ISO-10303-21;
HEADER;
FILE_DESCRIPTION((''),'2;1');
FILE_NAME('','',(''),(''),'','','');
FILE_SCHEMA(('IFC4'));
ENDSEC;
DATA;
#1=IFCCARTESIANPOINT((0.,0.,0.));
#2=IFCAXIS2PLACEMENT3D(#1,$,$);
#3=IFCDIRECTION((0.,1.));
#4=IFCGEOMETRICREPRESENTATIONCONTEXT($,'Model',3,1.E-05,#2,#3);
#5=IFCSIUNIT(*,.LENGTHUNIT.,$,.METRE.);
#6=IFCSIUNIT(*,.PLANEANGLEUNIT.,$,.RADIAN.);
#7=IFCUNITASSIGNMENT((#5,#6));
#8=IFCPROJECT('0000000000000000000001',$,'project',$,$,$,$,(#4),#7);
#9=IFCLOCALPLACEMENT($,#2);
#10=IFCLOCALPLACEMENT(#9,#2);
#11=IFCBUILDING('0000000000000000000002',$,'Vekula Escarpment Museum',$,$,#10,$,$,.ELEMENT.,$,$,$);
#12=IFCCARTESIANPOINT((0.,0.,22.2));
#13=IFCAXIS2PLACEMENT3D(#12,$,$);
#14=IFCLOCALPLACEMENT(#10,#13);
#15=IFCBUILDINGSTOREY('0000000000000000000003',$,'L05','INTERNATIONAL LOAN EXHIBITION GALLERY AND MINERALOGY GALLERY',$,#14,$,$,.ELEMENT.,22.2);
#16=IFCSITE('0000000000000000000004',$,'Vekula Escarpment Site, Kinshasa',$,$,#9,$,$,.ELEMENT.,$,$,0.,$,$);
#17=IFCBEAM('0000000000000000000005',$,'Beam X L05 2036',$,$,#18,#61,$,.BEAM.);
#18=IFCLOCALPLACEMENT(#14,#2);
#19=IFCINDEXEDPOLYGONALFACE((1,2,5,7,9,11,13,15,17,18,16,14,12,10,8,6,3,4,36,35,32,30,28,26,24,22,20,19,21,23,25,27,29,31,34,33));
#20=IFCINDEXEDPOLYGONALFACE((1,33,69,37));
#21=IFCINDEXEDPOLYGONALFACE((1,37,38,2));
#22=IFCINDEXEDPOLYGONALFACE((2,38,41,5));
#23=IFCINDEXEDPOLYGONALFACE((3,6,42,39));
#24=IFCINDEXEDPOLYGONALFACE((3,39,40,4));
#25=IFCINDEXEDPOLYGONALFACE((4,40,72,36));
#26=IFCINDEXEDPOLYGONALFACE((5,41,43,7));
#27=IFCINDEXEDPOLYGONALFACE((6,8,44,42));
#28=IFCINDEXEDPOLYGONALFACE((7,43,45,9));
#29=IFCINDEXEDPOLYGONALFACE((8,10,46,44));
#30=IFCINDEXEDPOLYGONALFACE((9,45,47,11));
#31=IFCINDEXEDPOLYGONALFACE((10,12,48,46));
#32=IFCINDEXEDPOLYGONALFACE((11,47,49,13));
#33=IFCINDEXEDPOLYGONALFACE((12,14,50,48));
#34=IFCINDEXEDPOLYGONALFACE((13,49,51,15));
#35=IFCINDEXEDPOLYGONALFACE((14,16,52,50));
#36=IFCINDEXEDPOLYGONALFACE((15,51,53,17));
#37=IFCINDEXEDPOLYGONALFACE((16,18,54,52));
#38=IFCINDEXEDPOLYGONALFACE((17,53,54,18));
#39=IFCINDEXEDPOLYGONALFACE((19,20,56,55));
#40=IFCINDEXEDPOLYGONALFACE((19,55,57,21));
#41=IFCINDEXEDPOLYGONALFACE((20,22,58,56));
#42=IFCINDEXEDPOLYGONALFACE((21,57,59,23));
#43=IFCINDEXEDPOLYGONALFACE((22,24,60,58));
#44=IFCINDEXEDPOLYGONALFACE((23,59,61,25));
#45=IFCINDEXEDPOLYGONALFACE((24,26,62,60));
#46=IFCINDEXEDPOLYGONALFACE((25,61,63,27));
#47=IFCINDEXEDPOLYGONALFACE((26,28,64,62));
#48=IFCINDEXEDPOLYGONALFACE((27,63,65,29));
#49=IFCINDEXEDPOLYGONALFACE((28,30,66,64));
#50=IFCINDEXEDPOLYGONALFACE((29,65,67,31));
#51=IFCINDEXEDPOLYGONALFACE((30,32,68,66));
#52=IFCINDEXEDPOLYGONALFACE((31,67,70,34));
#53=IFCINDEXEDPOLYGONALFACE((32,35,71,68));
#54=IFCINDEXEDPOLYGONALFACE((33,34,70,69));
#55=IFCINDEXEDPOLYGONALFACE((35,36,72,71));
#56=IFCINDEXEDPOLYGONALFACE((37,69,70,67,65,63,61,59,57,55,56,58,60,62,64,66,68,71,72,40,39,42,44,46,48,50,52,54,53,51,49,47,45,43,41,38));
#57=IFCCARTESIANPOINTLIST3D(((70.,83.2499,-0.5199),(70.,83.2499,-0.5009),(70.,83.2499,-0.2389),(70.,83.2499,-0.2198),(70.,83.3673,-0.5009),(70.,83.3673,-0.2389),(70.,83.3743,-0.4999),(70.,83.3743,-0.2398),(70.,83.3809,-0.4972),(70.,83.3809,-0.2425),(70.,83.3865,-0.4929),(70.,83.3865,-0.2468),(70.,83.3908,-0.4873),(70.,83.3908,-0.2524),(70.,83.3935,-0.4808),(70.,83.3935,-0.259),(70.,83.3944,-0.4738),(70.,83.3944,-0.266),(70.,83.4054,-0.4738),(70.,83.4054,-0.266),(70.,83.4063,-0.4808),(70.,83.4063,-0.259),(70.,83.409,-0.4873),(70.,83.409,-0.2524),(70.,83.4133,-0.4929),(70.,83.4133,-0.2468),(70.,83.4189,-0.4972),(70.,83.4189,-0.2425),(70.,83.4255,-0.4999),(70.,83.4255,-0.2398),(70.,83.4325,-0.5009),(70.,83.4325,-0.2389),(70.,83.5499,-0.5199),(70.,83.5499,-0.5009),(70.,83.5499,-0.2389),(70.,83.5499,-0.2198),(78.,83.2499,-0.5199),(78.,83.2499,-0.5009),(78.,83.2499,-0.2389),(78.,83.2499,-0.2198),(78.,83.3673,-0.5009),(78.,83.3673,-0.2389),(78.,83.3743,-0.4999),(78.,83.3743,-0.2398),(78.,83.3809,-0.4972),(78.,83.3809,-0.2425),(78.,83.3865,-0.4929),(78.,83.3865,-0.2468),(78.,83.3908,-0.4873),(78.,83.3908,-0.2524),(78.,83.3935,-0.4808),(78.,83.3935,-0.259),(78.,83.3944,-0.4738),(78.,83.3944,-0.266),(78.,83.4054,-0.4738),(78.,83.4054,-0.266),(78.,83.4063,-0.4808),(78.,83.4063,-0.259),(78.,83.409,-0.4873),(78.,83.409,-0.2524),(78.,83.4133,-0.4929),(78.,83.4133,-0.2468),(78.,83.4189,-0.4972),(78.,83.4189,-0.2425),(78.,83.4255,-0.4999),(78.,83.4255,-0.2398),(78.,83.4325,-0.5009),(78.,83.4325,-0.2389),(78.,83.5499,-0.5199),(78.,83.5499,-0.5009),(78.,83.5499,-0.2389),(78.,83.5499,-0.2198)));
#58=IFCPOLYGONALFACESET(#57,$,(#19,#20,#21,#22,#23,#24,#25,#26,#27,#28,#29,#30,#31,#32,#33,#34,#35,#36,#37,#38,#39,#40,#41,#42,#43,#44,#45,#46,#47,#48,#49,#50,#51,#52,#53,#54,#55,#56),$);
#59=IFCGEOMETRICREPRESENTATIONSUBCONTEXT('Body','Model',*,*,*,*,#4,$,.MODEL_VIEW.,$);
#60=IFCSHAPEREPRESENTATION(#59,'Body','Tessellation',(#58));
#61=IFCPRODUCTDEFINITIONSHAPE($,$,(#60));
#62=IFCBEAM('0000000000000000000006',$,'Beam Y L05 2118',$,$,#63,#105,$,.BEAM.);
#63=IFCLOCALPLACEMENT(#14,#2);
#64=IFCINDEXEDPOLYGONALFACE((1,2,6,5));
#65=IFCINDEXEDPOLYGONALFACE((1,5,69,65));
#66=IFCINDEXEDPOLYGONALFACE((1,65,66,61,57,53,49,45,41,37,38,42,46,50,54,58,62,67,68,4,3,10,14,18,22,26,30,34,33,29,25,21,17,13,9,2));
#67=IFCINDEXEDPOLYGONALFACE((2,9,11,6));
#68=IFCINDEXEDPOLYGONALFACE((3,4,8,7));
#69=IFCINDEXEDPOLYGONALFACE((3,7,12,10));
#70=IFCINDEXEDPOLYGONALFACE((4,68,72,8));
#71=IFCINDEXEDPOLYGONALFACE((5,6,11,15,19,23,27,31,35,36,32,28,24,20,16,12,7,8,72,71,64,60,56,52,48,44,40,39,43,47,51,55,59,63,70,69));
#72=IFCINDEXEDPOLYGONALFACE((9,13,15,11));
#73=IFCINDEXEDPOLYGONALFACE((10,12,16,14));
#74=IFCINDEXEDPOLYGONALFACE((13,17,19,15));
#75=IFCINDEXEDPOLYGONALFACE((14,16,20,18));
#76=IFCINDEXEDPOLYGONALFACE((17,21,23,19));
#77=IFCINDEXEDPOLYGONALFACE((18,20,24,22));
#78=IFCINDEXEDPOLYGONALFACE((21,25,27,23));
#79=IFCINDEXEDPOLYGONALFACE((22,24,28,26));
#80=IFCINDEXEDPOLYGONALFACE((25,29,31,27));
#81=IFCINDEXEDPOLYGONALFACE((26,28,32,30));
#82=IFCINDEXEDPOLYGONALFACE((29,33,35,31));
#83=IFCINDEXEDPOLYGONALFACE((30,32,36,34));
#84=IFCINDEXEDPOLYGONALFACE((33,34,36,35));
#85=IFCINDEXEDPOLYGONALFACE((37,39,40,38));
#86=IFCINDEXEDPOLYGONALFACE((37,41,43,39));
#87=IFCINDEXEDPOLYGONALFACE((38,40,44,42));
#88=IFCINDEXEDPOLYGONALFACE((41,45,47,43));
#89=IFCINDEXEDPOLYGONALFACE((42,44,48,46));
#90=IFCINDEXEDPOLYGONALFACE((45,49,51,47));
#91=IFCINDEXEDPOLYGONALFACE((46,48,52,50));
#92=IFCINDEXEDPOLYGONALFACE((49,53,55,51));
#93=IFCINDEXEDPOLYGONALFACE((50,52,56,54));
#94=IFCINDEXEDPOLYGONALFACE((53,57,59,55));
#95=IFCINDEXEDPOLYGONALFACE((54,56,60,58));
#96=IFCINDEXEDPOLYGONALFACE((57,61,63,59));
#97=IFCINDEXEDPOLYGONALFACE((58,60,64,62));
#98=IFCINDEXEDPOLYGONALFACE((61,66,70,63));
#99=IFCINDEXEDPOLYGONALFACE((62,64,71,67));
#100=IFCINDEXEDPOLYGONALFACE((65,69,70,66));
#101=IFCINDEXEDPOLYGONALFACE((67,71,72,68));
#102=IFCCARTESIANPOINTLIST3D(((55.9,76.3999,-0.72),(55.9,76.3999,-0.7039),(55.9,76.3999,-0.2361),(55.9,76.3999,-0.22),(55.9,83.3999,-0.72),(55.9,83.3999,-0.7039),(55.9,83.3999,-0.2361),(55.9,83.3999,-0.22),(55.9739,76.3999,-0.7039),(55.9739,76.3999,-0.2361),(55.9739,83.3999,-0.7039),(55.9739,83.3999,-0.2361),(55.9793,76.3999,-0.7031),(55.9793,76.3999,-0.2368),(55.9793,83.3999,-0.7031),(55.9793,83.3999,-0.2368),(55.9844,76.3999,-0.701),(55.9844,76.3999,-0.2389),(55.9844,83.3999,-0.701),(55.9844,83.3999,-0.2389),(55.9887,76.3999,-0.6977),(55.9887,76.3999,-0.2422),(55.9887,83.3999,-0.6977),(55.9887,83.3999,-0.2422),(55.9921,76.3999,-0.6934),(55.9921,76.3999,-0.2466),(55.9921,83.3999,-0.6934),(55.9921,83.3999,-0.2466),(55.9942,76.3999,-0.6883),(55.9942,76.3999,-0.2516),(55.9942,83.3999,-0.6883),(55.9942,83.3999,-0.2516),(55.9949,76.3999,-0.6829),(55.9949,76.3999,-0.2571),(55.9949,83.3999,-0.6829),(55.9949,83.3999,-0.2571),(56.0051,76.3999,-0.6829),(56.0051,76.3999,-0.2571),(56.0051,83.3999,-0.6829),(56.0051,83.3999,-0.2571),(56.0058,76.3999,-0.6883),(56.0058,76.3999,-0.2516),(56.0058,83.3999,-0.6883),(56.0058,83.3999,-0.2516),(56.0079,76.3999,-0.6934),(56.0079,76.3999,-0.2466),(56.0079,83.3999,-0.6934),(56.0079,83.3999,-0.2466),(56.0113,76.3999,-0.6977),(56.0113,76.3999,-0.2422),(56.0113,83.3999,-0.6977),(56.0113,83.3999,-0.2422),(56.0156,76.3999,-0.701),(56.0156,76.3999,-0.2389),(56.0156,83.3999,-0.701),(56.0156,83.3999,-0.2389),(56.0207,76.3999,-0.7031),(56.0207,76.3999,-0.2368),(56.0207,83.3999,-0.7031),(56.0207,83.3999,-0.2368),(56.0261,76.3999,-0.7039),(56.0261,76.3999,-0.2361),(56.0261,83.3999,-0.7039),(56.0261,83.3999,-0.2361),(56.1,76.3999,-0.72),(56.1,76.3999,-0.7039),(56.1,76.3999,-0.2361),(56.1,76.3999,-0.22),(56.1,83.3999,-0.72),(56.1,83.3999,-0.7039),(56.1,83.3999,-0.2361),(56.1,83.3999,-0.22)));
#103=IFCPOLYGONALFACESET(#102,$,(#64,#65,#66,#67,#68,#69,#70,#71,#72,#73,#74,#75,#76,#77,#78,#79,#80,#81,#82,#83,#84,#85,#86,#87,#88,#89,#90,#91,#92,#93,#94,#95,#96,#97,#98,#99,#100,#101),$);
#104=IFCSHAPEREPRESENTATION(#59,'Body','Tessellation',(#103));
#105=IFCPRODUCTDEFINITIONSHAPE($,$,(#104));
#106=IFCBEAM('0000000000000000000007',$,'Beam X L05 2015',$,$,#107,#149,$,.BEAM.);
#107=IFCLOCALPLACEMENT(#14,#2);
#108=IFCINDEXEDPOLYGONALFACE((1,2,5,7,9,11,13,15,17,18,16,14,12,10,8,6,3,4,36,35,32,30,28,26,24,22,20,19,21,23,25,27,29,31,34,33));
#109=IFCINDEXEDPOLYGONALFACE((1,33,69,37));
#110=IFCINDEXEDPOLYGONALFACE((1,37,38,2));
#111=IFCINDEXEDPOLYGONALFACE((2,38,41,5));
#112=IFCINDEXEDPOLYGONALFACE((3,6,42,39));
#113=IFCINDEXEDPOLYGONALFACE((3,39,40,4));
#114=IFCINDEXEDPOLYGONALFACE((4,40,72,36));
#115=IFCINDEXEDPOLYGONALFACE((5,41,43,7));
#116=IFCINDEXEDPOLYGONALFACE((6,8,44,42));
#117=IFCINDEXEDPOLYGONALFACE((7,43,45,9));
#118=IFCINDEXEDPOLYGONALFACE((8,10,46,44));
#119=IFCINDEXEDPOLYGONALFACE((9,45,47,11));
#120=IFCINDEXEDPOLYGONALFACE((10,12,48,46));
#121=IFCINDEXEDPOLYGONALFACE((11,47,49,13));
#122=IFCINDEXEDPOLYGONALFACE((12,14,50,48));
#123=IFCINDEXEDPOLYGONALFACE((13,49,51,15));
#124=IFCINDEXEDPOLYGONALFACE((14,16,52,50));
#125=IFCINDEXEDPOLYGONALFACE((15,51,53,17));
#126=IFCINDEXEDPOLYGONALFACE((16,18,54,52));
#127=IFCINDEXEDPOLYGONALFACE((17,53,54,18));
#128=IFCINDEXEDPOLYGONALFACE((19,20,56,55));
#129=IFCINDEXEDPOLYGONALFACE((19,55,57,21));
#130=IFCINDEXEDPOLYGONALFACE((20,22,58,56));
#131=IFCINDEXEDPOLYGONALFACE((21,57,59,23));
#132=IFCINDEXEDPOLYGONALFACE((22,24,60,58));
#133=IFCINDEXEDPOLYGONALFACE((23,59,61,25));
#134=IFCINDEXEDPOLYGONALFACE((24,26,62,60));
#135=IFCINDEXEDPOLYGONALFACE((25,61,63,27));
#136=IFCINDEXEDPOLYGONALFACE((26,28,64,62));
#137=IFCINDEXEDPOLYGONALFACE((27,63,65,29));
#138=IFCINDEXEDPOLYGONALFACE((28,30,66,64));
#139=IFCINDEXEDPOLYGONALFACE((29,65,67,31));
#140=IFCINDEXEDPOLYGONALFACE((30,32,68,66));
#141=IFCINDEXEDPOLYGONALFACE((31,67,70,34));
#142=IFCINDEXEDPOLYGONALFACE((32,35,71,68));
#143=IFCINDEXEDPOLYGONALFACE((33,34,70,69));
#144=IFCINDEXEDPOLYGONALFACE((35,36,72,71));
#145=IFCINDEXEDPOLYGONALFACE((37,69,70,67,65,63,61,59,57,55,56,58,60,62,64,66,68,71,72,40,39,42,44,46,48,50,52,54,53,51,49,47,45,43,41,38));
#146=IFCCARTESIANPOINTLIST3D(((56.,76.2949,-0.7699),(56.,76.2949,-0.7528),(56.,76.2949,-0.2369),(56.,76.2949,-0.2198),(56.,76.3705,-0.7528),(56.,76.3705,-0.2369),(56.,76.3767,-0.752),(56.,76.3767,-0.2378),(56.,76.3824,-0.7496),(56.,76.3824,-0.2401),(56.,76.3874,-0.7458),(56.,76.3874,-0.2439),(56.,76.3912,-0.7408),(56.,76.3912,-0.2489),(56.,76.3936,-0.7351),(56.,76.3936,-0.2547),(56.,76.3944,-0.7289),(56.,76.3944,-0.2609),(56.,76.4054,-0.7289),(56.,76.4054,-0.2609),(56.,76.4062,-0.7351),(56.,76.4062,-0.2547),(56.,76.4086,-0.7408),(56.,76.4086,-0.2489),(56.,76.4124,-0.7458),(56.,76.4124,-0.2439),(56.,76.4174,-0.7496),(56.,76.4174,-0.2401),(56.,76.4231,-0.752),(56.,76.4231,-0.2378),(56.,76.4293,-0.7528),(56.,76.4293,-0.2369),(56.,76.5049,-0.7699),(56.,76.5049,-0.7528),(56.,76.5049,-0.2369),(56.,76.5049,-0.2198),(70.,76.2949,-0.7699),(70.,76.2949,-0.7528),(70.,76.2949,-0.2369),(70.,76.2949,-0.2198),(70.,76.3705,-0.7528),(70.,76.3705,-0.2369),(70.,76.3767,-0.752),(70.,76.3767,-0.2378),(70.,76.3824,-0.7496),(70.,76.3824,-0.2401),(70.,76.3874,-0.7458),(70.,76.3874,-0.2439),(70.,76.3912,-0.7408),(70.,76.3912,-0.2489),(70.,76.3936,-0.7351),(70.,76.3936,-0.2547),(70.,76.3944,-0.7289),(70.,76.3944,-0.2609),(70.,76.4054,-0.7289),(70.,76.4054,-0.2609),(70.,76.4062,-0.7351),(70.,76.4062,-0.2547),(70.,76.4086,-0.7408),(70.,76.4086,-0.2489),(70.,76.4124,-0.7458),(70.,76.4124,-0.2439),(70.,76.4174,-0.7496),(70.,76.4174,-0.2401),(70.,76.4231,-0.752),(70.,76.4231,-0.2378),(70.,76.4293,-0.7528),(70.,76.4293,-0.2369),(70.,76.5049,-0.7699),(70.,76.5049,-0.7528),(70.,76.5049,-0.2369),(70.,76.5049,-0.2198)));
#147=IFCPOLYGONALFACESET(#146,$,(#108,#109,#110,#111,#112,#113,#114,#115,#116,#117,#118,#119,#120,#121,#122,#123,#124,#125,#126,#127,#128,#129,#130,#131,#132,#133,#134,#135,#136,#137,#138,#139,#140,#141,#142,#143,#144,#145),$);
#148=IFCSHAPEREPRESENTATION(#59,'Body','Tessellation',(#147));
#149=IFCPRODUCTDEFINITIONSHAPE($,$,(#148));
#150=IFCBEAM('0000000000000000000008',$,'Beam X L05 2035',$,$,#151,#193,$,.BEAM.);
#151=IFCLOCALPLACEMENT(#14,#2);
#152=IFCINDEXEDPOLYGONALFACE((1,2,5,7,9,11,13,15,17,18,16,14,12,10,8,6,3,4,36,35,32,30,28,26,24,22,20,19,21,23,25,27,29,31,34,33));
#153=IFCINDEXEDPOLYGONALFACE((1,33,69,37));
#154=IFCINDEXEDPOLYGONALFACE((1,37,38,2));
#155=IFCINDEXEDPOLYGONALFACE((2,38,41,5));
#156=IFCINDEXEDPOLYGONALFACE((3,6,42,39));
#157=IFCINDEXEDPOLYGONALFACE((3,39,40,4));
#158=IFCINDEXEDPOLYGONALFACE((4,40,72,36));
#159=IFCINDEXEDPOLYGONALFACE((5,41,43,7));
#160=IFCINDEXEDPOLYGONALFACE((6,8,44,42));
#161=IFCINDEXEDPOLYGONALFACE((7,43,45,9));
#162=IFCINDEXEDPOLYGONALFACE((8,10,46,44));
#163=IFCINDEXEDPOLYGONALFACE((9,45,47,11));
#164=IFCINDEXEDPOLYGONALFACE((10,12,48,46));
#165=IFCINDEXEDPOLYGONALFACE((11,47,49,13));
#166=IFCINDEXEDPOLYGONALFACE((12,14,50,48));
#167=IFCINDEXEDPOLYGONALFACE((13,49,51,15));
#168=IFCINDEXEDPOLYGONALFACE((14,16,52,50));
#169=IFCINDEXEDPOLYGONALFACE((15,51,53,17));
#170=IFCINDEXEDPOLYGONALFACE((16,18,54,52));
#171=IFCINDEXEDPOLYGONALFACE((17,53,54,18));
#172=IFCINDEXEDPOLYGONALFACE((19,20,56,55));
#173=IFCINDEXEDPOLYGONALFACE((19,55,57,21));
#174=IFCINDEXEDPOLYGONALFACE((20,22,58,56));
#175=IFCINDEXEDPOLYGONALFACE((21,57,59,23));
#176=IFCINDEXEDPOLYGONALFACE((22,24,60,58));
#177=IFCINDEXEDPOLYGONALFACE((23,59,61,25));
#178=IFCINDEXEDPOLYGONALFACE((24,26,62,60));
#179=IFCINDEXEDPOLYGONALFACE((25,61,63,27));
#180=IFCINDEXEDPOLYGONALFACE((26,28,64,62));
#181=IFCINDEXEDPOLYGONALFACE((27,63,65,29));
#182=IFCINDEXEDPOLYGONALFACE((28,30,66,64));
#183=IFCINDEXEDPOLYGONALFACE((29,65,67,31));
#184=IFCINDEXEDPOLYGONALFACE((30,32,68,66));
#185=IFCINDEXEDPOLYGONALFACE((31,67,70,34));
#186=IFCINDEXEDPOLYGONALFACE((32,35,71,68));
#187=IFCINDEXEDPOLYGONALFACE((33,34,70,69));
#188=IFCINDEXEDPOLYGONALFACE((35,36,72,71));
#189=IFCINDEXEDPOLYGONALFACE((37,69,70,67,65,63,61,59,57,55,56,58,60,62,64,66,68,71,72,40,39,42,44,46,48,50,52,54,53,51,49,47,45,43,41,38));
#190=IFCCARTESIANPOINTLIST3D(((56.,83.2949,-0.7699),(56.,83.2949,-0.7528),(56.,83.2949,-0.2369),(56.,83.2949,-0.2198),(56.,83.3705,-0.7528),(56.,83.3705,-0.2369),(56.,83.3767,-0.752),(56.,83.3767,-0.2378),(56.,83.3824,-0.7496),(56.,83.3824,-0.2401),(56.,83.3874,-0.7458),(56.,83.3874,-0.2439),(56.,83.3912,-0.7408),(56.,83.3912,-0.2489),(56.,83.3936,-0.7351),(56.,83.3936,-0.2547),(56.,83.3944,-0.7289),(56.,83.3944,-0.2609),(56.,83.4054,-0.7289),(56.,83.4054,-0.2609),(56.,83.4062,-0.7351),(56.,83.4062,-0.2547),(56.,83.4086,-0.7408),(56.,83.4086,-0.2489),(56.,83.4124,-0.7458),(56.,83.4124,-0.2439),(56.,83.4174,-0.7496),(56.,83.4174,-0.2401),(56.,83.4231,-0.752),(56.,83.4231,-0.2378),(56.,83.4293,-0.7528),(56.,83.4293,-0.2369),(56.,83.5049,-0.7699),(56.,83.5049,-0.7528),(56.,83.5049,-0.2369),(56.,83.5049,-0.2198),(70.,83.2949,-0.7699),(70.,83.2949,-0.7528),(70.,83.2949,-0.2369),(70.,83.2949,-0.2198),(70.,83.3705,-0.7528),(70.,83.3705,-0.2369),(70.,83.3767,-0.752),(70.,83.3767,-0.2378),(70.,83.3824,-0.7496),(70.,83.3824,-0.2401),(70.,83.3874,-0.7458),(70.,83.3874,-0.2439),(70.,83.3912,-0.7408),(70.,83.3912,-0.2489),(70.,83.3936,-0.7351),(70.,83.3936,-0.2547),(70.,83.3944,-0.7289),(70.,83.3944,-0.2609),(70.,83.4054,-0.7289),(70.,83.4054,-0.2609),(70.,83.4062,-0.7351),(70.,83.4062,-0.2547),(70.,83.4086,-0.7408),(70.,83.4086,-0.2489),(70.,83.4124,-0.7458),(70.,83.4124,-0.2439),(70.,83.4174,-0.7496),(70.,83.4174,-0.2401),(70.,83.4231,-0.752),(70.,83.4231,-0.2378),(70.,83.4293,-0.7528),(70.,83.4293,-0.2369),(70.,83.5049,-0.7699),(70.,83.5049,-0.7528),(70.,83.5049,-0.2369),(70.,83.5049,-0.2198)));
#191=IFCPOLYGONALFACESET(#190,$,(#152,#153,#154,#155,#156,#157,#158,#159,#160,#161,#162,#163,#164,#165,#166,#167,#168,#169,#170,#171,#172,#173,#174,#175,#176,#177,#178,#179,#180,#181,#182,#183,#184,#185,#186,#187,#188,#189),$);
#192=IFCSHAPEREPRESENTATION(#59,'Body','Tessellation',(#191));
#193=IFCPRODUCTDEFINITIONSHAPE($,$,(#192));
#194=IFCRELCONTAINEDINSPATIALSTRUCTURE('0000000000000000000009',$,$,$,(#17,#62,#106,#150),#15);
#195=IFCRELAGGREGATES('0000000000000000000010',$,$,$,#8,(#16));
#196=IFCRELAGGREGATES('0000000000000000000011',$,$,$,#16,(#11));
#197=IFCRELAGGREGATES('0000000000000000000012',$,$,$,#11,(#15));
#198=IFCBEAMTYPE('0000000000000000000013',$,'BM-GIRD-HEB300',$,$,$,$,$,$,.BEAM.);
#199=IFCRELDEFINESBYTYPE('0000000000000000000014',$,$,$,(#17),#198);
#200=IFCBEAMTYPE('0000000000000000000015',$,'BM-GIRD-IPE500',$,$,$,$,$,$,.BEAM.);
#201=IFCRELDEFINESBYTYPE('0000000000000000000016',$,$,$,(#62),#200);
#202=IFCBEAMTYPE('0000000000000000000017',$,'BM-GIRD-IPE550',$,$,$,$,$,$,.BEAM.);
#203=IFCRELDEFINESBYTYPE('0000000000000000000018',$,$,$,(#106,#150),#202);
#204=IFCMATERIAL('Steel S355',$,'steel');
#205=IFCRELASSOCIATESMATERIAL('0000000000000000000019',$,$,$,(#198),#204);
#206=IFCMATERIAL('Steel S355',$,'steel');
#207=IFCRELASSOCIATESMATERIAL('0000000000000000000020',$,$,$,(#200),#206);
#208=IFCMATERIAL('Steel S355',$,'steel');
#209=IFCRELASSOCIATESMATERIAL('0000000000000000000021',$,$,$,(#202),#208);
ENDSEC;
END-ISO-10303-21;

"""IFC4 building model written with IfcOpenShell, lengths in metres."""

from ifc_helpers import new_model, si_unit, direction, frame, origin, origin_2d, place, context, subcontext, project, spatial, i_section, extrude, material, material_profile, profile_set, type_object, element, save


model = new_model("IFC4")

# Units and contexts
model_context = context("Model", 3, precision=1e-05, world=origin(), true_north=direction((0.0, 1.0)))
body_context = subcontext(model_context, "Body", "Model", "MODEL_VIEW")
ifc_project = project(units=[si_unit("LENGTHUNIT", "METRE"), si_unit("PLANEANGLEUNIT", "RADIAN")], contexts=[model_context])

# Site, building, storey
site_placement = place(None, origin())
site = spatial("IfcSite", under=ifc_project, at=site_placement, Name="Vekula Escarpment Site, Kinshasa", CompositionType="ELEMENT", RefElevation=0.0)
building_placement = place(site_placement, origin())
building = spatial("IfcBuilding", under=site, at=building_placement, Name="Vekula Escarpment Museum", CompositionType="ELEMENT")
storey_placement = place(building_placement, frame((0.0, 0.0, 22.2)))
storey = spatial("IfcBuildingStorey", under=building, at=storey_placement, Name="L05", Description="INTERNATIONAL LOAN EXHIBITION GALLERY AND MINERALOGY GALLERY", CompositionType="ELEMENT", Elevation=22.2)

# Beams
ifc_material_1 = material(Name="Steel S355", Category="steel")
ifc_material_profile_1 = material_profile(ifc_material_1, i_section(OverallWidth=0.3, OverallDepth=0.3, WebThickness=0.011, FlangeThickness=0.019, FilletRadius=0.0271, at=origin_2d()), Name="HEB 300")
ifc_profile_set_1 = profile_set([ifc_material_profile_1], Name="Steel S355")
beam_type_1 = type_object("IfcBeamType", Name="BM-GIRD-HEB300", PredefinedType="BEAM", material=ifc_profile_set_1)
beam_1_placement = place(storey_placement, frame((70.0, 83.3999, -0.3699), z_axis=(1.0, 0.0, 0.0), x_axis=(0.0, 1.0, 0.0)))
element("IfcBeam", 1, at=beam_1_placement, inside=storey, type_object=beam_type_1, Name="Beam X L05 2036", PredefinedType="BEAM", context=body_context, shape_type="SweptSolid", body=[
    extrude(i_section(OverallWidth=0.3, OverallDepth=0.3, WebThickness=0.011, FlangeThickness=0.019, FilletRadius=0.0271, at=origin_2d()), origin(), (0.0, 0.0, 1.0), 8.0),
])
ifc_material_2 = material(Name="Steel S355", Category="steel")
ifc_material_profile_2 = material_profile(ifc_material_2, i_section(OverallWidth=0.2, OverallDepth=0.5, WebThickness=0.0103, FlangeThickness=0.0161, FilletRadius=0.021, at=origin_2d()), Name="IPE 500")
ifc_profile_set_2 = profile_set([ifc_material_profile_2], Name="Steel S355")
beam_type_2 = type_object("IfcBeamType", Name="BM-GIRD-IPE500", PredefinedType="BEAM", material=ifc_profile_set_2)
beam_2_placement = place(storey_placement, frame((56.0, 76.3999, -0.47), z_axis=(0.0, 1.0, 0.0), x_axis=(-1.0, 0.0, 0.0)))
element("IfcBeam", 2, at=beam_2_placement, inside=storey, type_object=beam_type_2, Name="Beam Y L05 2118", PredefinedType="BEAM", context=body_context, shape_type="SweptSolid", body=[
    extrude(i_section(OverallWidth=0.2, OverallDepth=0.5, WebThickness=0.0103, FlangeThickness=0.0161, FilletRadius=0.021, at=origin_2d()), origin(), (0.0, 0.0, 1.0), 7.0),
])
ifc_material_3 = material(Name="Steel S355", Category="steel")
ifc_material_profile_3 = material_profile(ifc_material_3, i_section(OverallWidth=0.21, OverallDepth=0.55, WebThickness=0.011, FlangeThickness=0.0171, FilletRadius=0.0239, at=origin_2d()), Name="IPE 550")
ifc_profile_set_3 = profile_set([ifc_material_profile_3], Name="Steel S355")
beam_type_3 = type_object("IfcBeamType", Name="BM-GIRD-IPE550", PredefinedType="BEAM", material=ifc_profile_set_3)
for number, where, z_axis, x_axis, name in (
    (3, (56.0, 76.3999, -0.4949), (1.0, 0.0, 0.0), (0.0, 1.0, 0.0), "Beam X L05 2015"),
    (4, (56.0, 83.3999, -0.4949), (1.0, 0.0, 0.0), (0.0, 1.0, 0.0), "Beam X L05 2035"),
):
    element("IfcBeam", number, at=place(storey_placement, frame(where, z_axis=z_axis, x_axis=x_axis)), inside=storey, type_object=beam_type_3, Name=name, PredefinedType="BEAM", context=body_context, shape_type="SweptSolid", body=[
        extrude(i_section(OverallWidth=0.21, OverallDepth=0.55, WebThickness=0.011, FlangeThickness=0.0171, FilletRadius=0.0239, at=origin_2d()), origin(), (0.0, 0.0, 1.0), 14.0),
    ])

save(model, "model.ifc")
